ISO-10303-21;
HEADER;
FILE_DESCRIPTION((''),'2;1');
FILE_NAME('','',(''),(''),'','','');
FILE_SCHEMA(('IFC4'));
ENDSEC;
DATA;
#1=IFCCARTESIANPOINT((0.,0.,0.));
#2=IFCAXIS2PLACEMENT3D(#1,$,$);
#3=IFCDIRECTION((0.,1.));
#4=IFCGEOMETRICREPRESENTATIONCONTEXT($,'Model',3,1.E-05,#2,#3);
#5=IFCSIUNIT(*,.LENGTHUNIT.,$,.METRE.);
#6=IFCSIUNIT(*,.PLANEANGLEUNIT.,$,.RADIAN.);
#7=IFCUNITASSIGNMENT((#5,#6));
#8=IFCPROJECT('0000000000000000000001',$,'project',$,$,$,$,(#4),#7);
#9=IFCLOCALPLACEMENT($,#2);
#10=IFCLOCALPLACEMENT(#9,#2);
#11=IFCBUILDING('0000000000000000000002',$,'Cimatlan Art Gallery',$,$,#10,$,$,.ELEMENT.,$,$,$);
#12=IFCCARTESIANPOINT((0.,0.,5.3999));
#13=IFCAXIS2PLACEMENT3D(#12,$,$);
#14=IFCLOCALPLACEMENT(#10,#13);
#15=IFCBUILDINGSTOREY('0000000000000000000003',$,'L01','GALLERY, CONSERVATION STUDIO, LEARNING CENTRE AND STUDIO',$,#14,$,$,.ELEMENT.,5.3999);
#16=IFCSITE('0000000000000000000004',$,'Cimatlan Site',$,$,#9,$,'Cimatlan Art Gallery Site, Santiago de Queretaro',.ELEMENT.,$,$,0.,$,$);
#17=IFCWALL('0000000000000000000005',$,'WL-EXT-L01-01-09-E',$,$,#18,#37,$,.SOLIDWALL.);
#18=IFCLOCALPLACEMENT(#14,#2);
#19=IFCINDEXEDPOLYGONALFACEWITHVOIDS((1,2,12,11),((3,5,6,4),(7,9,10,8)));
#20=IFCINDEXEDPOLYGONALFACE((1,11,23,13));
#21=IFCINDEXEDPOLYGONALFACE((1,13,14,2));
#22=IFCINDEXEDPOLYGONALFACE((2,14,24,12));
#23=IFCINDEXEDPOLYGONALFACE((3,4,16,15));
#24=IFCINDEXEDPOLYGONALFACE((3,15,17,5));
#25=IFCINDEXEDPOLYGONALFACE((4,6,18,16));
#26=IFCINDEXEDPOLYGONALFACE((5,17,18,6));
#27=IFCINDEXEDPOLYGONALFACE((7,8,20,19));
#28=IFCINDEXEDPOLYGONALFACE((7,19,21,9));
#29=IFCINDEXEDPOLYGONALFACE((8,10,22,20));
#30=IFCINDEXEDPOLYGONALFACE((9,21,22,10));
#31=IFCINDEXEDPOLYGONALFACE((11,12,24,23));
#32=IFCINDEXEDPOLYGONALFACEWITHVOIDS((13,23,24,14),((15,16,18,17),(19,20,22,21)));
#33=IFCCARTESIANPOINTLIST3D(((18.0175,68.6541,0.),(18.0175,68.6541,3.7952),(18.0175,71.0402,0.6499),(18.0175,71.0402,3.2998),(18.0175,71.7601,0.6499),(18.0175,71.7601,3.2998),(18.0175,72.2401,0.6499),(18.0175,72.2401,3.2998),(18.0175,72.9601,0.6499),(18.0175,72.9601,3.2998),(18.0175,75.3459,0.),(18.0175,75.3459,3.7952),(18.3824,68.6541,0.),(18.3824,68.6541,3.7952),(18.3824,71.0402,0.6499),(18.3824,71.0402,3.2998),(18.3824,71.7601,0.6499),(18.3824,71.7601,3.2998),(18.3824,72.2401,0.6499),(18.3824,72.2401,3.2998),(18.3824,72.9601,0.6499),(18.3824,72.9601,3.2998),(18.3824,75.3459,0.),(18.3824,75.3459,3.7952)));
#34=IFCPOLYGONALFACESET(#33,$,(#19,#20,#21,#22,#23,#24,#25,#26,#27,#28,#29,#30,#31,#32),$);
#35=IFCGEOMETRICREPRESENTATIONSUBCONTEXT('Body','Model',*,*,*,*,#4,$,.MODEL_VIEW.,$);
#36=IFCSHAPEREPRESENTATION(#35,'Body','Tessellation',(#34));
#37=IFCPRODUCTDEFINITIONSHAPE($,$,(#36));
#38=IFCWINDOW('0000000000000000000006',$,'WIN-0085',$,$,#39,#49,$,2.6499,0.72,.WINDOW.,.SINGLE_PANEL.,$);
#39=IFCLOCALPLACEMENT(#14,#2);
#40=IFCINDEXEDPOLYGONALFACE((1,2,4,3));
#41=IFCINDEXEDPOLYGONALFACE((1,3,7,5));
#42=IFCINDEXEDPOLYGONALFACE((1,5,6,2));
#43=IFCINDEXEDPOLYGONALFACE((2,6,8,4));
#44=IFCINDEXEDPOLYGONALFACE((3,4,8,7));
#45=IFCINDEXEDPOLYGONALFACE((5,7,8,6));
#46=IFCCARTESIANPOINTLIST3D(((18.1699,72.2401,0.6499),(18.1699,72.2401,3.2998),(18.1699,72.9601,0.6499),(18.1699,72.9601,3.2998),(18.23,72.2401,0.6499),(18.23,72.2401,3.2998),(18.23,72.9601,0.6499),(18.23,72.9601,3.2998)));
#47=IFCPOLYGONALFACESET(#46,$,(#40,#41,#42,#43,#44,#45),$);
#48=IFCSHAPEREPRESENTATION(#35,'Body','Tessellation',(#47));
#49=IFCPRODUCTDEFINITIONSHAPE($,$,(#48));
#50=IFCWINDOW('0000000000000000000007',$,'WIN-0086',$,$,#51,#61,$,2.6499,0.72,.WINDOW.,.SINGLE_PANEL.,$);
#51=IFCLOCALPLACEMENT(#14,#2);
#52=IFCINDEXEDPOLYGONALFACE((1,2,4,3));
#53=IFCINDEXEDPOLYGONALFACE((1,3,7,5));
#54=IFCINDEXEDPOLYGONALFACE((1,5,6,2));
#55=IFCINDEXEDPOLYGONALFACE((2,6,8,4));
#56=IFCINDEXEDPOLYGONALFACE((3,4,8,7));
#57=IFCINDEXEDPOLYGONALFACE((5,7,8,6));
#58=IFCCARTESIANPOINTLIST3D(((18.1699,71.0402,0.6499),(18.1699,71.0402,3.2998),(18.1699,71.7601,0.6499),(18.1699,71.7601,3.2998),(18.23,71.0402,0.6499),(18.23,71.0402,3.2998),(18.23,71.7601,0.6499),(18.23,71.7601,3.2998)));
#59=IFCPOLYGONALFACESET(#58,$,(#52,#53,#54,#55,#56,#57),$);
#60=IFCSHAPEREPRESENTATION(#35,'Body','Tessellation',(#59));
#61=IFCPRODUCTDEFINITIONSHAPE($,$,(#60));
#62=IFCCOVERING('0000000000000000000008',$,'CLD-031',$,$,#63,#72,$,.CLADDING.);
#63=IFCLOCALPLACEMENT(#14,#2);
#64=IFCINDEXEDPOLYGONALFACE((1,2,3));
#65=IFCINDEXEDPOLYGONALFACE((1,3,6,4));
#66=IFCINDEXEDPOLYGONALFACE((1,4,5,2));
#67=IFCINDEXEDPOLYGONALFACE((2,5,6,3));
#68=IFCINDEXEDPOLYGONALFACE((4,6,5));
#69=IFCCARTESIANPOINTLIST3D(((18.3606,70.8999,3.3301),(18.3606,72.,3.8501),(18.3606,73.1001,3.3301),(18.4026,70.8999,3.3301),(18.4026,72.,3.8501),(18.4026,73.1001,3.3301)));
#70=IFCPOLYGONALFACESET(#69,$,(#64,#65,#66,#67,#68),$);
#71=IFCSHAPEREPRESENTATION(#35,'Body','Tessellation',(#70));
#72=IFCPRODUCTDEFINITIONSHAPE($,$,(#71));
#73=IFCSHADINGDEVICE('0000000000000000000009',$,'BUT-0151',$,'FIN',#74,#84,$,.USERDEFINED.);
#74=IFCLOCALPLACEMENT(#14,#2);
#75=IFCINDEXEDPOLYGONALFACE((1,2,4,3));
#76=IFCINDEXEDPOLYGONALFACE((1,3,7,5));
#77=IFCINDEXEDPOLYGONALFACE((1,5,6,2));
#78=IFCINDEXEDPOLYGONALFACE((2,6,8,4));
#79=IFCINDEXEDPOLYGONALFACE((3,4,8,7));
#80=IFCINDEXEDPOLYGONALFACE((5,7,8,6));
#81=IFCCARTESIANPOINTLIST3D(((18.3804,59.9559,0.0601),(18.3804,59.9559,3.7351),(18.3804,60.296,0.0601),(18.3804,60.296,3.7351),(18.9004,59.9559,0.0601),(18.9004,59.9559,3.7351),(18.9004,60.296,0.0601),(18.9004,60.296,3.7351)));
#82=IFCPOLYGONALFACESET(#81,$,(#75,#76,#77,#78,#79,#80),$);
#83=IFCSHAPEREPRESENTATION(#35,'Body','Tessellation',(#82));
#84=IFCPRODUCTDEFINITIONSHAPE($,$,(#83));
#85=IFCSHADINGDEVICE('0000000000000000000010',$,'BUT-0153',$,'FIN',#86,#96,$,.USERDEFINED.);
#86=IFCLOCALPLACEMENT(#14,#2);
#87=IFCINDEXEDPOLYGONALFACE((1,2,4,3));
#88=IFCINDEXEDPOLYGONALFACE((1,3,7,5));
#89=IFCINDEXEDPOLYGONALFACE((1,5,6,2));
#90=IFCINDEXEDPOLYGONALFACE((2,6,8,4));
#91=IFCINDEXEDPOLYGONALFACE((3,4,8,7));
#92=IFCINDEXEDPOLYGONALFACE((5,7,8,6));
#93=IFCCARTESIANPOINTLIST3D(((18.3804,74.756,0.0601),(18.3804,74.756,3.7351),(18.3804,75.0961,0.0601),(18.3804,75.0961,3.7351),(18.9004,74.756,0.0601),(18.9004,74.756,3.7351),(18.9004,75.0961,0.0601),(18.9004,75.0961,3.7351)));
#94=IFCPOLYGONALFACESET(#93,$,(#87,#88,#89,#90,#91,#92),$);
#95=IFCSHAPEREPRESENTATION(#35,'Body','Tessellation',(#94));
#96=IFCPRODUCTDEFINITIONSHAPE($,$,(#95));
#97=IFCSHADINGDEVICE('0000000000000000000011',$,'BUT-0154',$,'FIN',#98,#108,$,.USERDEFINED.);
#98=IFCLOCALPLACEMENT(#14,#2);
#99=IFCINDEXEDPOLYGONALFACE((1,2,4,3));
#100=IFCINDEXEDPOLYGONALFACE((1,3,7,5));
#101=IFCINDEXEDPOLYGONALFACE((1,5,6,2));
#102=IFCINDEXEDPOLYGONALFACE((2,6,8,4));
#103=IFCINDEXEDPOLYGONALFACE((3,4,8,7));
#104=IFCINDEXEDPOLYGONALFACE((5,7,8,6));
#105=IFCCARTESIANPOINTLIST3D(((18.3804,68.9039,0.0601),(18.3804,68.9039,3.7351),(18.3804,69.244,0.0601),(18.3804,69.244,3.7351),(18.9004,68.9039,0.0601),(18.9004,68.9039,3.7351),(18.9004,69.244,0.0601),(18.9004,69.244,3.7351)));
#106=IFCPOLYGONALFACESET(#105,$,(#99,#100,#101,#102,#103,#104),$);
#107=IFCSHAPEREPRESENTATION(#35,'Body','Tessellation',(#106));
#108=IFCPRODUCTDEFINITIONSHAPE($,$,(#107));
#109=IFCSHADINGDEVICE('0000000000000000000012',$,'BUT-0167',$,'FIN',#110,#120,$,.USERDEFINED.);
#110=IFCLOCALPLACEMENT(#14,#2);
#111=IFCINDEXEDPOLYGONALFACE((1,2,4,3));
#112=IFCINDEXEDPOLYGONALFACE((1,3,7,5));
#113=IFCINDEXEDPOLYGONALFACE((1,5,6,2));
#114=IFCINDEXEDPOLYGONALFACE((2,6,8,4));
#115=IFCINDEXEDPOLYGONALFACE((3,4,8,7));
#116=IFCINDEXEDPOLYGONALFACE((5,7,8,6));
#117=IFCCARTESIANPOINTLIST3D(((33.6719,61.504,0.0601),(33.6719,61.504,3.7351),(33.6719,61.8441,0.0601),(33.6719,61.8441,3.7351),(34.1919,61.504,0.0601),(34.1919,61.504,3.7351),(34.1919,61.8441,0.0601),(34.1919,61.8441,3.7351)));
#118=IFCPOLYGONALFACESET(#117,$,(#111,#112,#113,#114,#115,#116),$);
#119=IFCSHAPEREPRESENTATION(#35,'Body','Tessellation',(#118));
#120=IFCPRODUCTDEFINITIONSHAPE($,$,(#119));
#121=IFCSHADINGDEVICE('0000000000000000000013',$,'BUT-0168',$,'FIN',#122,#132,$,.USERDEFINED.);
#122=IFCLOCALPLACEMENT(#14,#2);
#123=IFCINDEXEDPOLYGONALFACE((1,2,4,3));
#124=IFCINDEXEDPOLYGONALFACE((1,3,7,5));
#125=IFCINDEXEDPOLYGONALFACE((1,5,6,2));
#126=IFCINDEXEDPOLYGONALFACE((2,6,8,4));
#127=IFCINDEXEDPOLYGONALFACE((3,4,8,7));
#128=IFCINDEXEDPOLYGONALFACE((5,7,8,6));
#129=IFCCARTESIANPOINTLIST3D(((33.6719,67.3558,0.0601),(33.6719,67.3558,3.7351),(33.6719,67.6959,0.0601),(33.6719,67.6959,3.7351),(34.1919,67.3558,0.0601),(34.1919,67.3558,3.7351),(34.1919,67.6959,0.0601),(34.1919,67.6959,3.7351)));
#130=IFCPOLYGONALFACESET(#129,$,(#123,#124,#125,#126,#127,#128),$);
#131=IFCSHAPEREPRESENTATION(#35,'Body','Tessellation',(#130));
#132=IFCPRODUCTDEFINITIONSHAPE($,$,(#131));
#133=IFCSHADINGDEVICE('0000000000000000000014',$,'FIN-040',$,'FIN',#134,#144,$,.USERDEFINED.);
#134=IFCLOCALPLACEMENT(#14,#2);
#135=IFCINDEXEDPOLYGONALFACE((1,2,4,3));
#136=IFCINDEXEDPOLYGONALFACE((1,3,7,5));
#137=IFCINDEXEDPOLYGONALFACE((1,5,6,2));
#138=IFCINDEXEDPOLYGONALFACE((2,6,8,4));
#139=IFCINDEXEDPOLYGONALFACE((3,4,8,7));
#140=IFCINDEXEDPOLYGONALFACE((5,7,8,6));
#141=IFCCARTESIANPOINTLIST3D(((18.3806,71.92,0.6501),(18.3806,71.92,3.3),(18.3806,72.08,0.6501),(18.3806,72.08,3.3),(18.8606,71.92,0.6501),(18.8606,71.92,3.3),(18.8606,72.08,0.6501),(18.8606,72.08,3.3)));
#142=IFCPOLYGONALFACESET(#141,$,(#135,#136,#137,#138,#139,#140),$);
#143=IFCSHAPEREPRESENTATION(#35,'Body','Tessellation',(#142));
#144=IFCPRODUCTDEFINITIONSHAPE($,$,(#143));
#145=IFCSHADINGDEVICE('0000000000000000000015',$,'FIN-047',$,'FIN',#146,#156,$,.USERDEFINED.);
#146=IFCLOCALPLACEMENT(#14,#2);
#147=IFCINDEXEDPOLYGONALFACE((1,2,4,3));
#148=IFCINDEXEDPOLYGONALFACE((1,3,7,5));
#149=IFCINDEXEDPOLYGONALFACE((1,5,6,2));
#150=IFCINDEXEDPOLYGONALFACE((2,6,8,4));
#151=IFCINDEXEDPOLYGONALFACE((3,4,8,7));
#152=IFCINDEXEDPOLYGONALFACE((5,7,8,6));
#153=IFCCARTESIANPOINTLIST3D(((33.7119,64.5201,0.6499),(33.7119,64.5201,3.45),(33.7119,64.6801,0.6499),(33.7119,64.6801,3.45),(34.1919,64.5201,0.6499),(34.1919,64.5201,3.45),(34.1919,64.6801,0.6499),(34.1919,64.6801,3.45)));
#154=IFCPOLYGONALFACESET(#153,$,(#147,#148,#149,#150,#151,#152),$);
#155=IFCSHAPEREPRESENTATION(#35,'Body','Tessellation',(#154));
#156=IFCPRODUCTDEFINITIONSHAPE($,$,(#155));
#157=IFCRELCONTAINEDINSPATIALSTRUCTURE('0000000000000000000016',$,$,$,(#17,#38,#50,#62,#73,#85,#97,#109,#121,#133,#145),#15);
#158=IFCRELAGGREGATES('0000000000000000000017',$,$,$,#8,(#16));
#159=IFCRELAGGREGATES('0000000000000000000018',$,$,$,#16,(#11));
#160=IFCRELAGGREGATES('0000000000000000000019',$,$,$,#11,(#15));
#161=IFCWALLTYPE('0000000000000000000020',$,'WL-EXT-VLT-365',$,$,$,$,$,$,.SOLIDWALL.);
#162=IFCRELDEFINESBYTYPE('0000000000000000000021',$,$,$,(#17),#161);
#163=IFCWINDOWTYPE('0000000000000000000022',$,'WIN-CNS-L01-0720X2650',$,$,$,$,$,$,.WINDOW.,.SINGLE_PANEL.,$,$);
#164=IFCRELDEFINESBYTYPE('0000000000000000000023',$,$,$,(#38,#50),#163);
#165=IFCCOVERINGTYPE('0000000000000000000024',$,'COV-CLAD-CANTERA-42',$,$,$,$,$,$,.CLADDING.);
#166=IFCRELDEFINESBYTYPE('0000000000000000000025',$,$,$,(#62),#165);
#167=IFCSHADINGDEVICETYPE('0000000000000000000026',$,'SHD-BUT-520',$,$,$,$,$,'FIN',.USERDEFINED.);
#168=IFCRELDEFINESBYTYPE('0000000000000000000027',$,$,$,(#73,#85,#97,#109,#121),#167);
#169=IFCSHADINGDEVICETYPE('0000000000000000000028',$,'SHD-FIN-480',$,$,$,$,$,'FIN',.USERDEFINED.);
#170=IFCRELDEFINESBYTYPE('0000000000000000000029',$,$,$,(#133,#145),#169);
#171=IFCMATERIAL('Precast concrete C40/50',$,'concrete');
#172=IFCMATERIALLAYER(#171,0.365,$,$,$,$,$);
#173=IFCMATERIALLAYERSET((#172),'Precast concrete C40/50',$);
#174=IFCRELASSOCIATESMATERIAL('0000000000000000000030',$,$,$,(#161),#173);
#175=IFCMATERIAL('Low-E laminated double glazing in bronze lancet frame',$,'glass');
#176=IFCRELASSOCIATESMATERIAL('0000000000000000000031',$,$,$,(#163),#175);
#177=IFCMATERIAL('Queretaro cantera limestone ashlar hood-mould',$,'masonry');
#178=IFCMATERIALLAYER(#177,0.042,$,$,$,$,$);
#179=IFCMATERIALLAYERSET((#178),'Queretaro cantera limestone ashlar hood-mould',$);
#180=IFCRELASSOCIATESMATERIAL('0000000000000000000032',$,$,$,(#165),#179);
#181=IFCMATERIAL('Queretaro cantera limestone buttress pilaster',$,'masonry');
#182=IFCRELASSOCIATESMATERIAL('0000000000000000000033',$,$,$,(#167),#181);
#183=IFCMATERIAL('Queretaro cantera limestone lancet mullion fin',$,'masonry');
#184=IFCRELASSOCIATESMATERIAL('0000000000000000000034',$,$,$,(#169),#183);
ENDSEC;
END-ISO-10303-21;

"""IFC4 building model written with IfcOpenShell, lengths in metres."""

from ifc_helpers import new_model, si_unit, direction, frame, frame_2d, origin, origin_2d, place, context, subcontext, project, spatial, polyline, rectangle, outline, extrude, material, layer, layer_set, type_object, element, fill, save


model = new_model("IFC4")

# Units and contexts
model_context = context("Model", 3, precision=1e-05, world=origin(), true_north=direction((0.0, 1.0)))
body_context = subcontext(model_context, "Body", "Model", "MODEL_VIEW")
ifc_project = project(units=[si_unit("LENGTHUNIT", "METRE"), si_unit("PLANEANGLEUNIT", "RADIAN")], contexts=[model_context])

# Site, building, storey
site_placement = place(None, origin())
site = spatial("IfcSite", under=ifc_project, at=site_placement, Name="Cimatlan Site", LongName="Cimatlan Art Gallery Site, Santiago de Queretaro", CompositionType="ELEMENT", RefElevation=0.0)
building_placement = place(site_placement, origin())
building = spatial("IfcBuilding", under=site, at=building_placement, Name="Cimatlan Art Gallery", CompositionType="ELEMENT")
storey_placement = place(building_placement, frame((0.0, 0.0, 5.3999)))
storey = spatial("IfcBuildingStorey", under=building, at=storey_placement, Name="L01", Description="GALLERY, CONSERVATION STUDIO, LEARNING CENTRE AND STUDIO", CompositionType="ELEMENT", Elevation=5.3999)

# Wall, openings, windows
ifc_material_1 = material(Name="Precast concrete C40/50", Category="concrete")
ifc_material_2 = material(Name="Low-E laminated double glazing in bronze lancet frame", Category="glass")
ifc_layer_1 = layer(ifc_material_1, 0.365)
ifc_layer_set_1 = layer_set([ifc_layer_1], Name="Precast concrete C40/50")
wall_type_1 = type_object("IfcWallType", Name="WL-EXT-VLT-365", PredefinedType="SOLIDWALL", material=ifc_layer_set_1)
wall_1_placement = place(storey_placement, frame((18.2, 75.3459, 0.0), z_axis=(0.0, 0.0, 1.0), x_axis=(0.0, -1.0, 0.0)))
wall_1 = element("IfcWall", 1, at=wall_1_placement, inside=storey, type_object=wall_type_1, Name="WL-EXT-L01-01-09-E", PredefinedType="SOLIDWALL", context=body_context, shape_type="SweptSolid", body=[
    extrude(rectangle(XDim=6.6919, YDim=0.365, at=frame_2d((3.3459, 0.0))), origin(), (0.0, 0.0, 1.0), 3.7952),
])
opening_1_placement = place(wall_1_placement, frame((2.386, 0.0, 0.6499)))
opening_1 = element("IfcOpeningElement", 2, at=opening_1_placement, cuts=wall_1, PredefinedType="OPENING", context=body_context, shape_type="SweptSolid", body=[
    extrude(rectangle(XDim=0.72, YDim=2.6499, at=frame_2d((0.3599, 1.325))), frame((0.0, 0.1924, 0.0), z_axis=(0.0, -1.0, 0.0), x_axis=(1.0, 0.0, 0.0)), (0.0, 0.0, 1.0), 0.385),
])
opening_2_placement = place(wall_1_placement, frame((3.5859, 0.0, 0.6499)))
opening_2 = element("IfcOpeningElement", 3, at=opening_2_placement, cuts=wall_1, PredefinedType="OPENING", context=body_context, shape_type="SweptSolid", body=[
    extrude(rectangle(XDim=0.72, YDim=2.6499, at=frame_2d((0.3599, 1.325))), frame((0.0, 0.1924, 0.0), z_axis=(0.0, -1.0, 0.0), x_axis=(1.0, 0.0, 0.0)), (0.0, 0.0, 1.0), 0.385),
])
window_type_1 = type_object("IfcWindowType", Name="WIN-CNS-L01-0720X2650", PartitioningType="SINGLE_PANEL", PredefinedType="WINDOW", material=ifc_material_2)
window_1_placement = place(opening_1_placement, origin())
window_1 = element("IfcWindow", 4, at=window_1_placement, inside=storey, type_object=window_type_1, Name="WIN-0085", OverallHeight=2.6499, OverallWidth=0.72, PartitioningType="SINGLE_PANEL", PredefinedType="WINDOW", context=body_context, shape_type="SweptSolid", body=[
    extrude(rectangle(XDim=0.72, YDim=2.6499, at=frame_2d((0.3599, 1.325))), frame((0.0, 0.03, 0.0), z_axis=(0.0, -1.0, 0.0), x_axis=(1.0, 0.0, 0.0)), (0.0, 0.0, 1.0), 0.0601),
])
fill(opening_1, window_1)
window_2_placement = place(opening_2_placement, origin())
window_2 = element("IfcWindow", 5, at=window_2_placement, inside=storey, type_object=window_type_1, Name="WIN-0086", OverallHeight=2.6499, OverallWidth=0.72, PartitioningType="SINGLE_PANEL", PredefinedType="WINDOW", context=body_context, shape_type="SweptSolid", body=[
    extrude(rectangle(XDim=0.72, YDim=2.6499, at=frame_2d((0.3599, 1.325))), frame((0.0, 0.03, 0.0), z_axis=(0.0, -1.0, 0.0), x_axis=(1.0, 0.0, 0.0)), (0.0, 0.0, 1.0), 0.0601),
])
fill(opening_2, window_2)

# Covering
ifc_material_3 = material(Name="Queretaro cantera limestone ashlar hood-mould", Category="masonry")
ifc_layer_2 = layer(ifc_material_3, 0.042)
ifc_layer_set_2 = layer_set([ifc_layer_2], Name="Queretaro cantera limestone ashlar hood-mould")
covering_type = type_object("IfcCoveringType", Name="COV-CLAD-CANTERA-42", PredefinedType="CLADDING", material=ifc_layer_set_2)
covering_placement = place(storey_placement, frame((18.3606, 73.1001, 3.3301), z_axis=(-1.0, 0.0, 0.0), x_axis=(0.0, -1.0, 0.0)))
element("IfcCovering", 6, at=covering_placement, inside=storey, type_object=covering_type, Name="CLD-031", PredefinedType="CLADDING", context=body_context, shape_type="SweptSolid", body=[
    extrude(outline(polyline([(0.0, 0.0), (2.2002, 0.0), (1.1001, 0.52), (0.0, 0.0)])), origin(), (0.0, 0.0, -1.0), 0.042),
])

# Shading devices
ifc_material_4 = material(Name="Queretaro cantera limestone buttress pilaster", Category="masonry")
shading_device_type_1 = type_object("IfcShadingDeviceType", Name="SHD-BUT-520", ElementType="FIN", PredefinedType="USERDEFINED", material=ifc_material_4)
for number, where, z_axis, x_axis, name in (
    (7, (18.6404, 60.126, 0.0601), (0.0, 0.0, 1.0), (0.0, -1.0, 0.0), "BUT-0151"),
    (8, (18.6404, 74.926, 0.0601), (0.0, 0.0, 1.0), (0.0, -1.0, 0.0), "BUT-0153"),
    (9, (18.6404, 69.074, 0.0601), (0.0, 0.0, 1.0), (0.0, -1.0, 0.0), "BUT-0154"),
    (10, (33.9319, 61.6741, 0.0601), (0.0, 0.0, 1.0), (0.0, 1.0, 0.0), "BUT-0167"),
    (11, (33.9319, 67.5259, 0.0601), (0.0, 0.0, 1.0), (0.0, 1.0, 0.0), "BUT-0168"),
):
    element("IfcShadingDevice", number, at=place(storey_placement, frame(where, z_axis=z_axis, x_axis=x_axis)), inside=storey, type_object=shading_device_type_1, Name=name, ObjectType="FIN", PredefinedType="USERDEFINED", context=body_context, shape_type="SweptSolid", body=[
        extrude(rectangle(XDim=0.3401, YDim=0.52, at=origin_2d()), origin(), (0.0, 0.0, 1.0), 3.675),
    ])
ifc_material_5 = material(Name="Queretaro cantera limestone lancet mullion fin", Category="masonry")
shading_device_type_2 = type_object("IfcShadingDeviceType", Name="SHD-FIN-480", ElementType="FIN", PredefinedType="USERDEFINED", material=ifc_material_5)
shading_device_1_placement = place(storey_placement, frame((18.6206, 72.0, 0.6501), z_axis=(0.0, 0.0, 1.0), x_axis=(0.0, -1.0, 0.0)))
element("IfcShadingDevice", 12, at=shading_device_1_placement, inside=storey, type_object=shading_device_type_2, Name="FIN-040", ObjectType="FIN", PredefinedType="USERDEFINED", context=body_context, shape_type="SweptSolid", body=[
    extrude(rectangle(XDim=0.1599, YDim=0.48, at=origin_2d()), origin(), (0.0, 0.0, 1.0), 2.6499),
])
shading_device_2_placement = place(storey_placement, frame((33.9519, 64.6001, 0.6499), z_axis=(0.0, 0.0, 1.0), x_axis=(0.0, 1.0, 0.0)))
element("IfcShadingDevice", 13, at=shading_device_2_placement, inside=storey, type_object=shading_device_type_2, Name="FIN-047", ObjectType="FIN", PredefinedType="USERDEFINED", context=body_context, shape_type="SweptSolid", body=[
    extrude(rectangle(XDim=0.1599, YDim=0.48, at=origin_2d()), origin(), (0.0, 0.0, 1.0), 2.8),
])

save(model, "model.ifc")
